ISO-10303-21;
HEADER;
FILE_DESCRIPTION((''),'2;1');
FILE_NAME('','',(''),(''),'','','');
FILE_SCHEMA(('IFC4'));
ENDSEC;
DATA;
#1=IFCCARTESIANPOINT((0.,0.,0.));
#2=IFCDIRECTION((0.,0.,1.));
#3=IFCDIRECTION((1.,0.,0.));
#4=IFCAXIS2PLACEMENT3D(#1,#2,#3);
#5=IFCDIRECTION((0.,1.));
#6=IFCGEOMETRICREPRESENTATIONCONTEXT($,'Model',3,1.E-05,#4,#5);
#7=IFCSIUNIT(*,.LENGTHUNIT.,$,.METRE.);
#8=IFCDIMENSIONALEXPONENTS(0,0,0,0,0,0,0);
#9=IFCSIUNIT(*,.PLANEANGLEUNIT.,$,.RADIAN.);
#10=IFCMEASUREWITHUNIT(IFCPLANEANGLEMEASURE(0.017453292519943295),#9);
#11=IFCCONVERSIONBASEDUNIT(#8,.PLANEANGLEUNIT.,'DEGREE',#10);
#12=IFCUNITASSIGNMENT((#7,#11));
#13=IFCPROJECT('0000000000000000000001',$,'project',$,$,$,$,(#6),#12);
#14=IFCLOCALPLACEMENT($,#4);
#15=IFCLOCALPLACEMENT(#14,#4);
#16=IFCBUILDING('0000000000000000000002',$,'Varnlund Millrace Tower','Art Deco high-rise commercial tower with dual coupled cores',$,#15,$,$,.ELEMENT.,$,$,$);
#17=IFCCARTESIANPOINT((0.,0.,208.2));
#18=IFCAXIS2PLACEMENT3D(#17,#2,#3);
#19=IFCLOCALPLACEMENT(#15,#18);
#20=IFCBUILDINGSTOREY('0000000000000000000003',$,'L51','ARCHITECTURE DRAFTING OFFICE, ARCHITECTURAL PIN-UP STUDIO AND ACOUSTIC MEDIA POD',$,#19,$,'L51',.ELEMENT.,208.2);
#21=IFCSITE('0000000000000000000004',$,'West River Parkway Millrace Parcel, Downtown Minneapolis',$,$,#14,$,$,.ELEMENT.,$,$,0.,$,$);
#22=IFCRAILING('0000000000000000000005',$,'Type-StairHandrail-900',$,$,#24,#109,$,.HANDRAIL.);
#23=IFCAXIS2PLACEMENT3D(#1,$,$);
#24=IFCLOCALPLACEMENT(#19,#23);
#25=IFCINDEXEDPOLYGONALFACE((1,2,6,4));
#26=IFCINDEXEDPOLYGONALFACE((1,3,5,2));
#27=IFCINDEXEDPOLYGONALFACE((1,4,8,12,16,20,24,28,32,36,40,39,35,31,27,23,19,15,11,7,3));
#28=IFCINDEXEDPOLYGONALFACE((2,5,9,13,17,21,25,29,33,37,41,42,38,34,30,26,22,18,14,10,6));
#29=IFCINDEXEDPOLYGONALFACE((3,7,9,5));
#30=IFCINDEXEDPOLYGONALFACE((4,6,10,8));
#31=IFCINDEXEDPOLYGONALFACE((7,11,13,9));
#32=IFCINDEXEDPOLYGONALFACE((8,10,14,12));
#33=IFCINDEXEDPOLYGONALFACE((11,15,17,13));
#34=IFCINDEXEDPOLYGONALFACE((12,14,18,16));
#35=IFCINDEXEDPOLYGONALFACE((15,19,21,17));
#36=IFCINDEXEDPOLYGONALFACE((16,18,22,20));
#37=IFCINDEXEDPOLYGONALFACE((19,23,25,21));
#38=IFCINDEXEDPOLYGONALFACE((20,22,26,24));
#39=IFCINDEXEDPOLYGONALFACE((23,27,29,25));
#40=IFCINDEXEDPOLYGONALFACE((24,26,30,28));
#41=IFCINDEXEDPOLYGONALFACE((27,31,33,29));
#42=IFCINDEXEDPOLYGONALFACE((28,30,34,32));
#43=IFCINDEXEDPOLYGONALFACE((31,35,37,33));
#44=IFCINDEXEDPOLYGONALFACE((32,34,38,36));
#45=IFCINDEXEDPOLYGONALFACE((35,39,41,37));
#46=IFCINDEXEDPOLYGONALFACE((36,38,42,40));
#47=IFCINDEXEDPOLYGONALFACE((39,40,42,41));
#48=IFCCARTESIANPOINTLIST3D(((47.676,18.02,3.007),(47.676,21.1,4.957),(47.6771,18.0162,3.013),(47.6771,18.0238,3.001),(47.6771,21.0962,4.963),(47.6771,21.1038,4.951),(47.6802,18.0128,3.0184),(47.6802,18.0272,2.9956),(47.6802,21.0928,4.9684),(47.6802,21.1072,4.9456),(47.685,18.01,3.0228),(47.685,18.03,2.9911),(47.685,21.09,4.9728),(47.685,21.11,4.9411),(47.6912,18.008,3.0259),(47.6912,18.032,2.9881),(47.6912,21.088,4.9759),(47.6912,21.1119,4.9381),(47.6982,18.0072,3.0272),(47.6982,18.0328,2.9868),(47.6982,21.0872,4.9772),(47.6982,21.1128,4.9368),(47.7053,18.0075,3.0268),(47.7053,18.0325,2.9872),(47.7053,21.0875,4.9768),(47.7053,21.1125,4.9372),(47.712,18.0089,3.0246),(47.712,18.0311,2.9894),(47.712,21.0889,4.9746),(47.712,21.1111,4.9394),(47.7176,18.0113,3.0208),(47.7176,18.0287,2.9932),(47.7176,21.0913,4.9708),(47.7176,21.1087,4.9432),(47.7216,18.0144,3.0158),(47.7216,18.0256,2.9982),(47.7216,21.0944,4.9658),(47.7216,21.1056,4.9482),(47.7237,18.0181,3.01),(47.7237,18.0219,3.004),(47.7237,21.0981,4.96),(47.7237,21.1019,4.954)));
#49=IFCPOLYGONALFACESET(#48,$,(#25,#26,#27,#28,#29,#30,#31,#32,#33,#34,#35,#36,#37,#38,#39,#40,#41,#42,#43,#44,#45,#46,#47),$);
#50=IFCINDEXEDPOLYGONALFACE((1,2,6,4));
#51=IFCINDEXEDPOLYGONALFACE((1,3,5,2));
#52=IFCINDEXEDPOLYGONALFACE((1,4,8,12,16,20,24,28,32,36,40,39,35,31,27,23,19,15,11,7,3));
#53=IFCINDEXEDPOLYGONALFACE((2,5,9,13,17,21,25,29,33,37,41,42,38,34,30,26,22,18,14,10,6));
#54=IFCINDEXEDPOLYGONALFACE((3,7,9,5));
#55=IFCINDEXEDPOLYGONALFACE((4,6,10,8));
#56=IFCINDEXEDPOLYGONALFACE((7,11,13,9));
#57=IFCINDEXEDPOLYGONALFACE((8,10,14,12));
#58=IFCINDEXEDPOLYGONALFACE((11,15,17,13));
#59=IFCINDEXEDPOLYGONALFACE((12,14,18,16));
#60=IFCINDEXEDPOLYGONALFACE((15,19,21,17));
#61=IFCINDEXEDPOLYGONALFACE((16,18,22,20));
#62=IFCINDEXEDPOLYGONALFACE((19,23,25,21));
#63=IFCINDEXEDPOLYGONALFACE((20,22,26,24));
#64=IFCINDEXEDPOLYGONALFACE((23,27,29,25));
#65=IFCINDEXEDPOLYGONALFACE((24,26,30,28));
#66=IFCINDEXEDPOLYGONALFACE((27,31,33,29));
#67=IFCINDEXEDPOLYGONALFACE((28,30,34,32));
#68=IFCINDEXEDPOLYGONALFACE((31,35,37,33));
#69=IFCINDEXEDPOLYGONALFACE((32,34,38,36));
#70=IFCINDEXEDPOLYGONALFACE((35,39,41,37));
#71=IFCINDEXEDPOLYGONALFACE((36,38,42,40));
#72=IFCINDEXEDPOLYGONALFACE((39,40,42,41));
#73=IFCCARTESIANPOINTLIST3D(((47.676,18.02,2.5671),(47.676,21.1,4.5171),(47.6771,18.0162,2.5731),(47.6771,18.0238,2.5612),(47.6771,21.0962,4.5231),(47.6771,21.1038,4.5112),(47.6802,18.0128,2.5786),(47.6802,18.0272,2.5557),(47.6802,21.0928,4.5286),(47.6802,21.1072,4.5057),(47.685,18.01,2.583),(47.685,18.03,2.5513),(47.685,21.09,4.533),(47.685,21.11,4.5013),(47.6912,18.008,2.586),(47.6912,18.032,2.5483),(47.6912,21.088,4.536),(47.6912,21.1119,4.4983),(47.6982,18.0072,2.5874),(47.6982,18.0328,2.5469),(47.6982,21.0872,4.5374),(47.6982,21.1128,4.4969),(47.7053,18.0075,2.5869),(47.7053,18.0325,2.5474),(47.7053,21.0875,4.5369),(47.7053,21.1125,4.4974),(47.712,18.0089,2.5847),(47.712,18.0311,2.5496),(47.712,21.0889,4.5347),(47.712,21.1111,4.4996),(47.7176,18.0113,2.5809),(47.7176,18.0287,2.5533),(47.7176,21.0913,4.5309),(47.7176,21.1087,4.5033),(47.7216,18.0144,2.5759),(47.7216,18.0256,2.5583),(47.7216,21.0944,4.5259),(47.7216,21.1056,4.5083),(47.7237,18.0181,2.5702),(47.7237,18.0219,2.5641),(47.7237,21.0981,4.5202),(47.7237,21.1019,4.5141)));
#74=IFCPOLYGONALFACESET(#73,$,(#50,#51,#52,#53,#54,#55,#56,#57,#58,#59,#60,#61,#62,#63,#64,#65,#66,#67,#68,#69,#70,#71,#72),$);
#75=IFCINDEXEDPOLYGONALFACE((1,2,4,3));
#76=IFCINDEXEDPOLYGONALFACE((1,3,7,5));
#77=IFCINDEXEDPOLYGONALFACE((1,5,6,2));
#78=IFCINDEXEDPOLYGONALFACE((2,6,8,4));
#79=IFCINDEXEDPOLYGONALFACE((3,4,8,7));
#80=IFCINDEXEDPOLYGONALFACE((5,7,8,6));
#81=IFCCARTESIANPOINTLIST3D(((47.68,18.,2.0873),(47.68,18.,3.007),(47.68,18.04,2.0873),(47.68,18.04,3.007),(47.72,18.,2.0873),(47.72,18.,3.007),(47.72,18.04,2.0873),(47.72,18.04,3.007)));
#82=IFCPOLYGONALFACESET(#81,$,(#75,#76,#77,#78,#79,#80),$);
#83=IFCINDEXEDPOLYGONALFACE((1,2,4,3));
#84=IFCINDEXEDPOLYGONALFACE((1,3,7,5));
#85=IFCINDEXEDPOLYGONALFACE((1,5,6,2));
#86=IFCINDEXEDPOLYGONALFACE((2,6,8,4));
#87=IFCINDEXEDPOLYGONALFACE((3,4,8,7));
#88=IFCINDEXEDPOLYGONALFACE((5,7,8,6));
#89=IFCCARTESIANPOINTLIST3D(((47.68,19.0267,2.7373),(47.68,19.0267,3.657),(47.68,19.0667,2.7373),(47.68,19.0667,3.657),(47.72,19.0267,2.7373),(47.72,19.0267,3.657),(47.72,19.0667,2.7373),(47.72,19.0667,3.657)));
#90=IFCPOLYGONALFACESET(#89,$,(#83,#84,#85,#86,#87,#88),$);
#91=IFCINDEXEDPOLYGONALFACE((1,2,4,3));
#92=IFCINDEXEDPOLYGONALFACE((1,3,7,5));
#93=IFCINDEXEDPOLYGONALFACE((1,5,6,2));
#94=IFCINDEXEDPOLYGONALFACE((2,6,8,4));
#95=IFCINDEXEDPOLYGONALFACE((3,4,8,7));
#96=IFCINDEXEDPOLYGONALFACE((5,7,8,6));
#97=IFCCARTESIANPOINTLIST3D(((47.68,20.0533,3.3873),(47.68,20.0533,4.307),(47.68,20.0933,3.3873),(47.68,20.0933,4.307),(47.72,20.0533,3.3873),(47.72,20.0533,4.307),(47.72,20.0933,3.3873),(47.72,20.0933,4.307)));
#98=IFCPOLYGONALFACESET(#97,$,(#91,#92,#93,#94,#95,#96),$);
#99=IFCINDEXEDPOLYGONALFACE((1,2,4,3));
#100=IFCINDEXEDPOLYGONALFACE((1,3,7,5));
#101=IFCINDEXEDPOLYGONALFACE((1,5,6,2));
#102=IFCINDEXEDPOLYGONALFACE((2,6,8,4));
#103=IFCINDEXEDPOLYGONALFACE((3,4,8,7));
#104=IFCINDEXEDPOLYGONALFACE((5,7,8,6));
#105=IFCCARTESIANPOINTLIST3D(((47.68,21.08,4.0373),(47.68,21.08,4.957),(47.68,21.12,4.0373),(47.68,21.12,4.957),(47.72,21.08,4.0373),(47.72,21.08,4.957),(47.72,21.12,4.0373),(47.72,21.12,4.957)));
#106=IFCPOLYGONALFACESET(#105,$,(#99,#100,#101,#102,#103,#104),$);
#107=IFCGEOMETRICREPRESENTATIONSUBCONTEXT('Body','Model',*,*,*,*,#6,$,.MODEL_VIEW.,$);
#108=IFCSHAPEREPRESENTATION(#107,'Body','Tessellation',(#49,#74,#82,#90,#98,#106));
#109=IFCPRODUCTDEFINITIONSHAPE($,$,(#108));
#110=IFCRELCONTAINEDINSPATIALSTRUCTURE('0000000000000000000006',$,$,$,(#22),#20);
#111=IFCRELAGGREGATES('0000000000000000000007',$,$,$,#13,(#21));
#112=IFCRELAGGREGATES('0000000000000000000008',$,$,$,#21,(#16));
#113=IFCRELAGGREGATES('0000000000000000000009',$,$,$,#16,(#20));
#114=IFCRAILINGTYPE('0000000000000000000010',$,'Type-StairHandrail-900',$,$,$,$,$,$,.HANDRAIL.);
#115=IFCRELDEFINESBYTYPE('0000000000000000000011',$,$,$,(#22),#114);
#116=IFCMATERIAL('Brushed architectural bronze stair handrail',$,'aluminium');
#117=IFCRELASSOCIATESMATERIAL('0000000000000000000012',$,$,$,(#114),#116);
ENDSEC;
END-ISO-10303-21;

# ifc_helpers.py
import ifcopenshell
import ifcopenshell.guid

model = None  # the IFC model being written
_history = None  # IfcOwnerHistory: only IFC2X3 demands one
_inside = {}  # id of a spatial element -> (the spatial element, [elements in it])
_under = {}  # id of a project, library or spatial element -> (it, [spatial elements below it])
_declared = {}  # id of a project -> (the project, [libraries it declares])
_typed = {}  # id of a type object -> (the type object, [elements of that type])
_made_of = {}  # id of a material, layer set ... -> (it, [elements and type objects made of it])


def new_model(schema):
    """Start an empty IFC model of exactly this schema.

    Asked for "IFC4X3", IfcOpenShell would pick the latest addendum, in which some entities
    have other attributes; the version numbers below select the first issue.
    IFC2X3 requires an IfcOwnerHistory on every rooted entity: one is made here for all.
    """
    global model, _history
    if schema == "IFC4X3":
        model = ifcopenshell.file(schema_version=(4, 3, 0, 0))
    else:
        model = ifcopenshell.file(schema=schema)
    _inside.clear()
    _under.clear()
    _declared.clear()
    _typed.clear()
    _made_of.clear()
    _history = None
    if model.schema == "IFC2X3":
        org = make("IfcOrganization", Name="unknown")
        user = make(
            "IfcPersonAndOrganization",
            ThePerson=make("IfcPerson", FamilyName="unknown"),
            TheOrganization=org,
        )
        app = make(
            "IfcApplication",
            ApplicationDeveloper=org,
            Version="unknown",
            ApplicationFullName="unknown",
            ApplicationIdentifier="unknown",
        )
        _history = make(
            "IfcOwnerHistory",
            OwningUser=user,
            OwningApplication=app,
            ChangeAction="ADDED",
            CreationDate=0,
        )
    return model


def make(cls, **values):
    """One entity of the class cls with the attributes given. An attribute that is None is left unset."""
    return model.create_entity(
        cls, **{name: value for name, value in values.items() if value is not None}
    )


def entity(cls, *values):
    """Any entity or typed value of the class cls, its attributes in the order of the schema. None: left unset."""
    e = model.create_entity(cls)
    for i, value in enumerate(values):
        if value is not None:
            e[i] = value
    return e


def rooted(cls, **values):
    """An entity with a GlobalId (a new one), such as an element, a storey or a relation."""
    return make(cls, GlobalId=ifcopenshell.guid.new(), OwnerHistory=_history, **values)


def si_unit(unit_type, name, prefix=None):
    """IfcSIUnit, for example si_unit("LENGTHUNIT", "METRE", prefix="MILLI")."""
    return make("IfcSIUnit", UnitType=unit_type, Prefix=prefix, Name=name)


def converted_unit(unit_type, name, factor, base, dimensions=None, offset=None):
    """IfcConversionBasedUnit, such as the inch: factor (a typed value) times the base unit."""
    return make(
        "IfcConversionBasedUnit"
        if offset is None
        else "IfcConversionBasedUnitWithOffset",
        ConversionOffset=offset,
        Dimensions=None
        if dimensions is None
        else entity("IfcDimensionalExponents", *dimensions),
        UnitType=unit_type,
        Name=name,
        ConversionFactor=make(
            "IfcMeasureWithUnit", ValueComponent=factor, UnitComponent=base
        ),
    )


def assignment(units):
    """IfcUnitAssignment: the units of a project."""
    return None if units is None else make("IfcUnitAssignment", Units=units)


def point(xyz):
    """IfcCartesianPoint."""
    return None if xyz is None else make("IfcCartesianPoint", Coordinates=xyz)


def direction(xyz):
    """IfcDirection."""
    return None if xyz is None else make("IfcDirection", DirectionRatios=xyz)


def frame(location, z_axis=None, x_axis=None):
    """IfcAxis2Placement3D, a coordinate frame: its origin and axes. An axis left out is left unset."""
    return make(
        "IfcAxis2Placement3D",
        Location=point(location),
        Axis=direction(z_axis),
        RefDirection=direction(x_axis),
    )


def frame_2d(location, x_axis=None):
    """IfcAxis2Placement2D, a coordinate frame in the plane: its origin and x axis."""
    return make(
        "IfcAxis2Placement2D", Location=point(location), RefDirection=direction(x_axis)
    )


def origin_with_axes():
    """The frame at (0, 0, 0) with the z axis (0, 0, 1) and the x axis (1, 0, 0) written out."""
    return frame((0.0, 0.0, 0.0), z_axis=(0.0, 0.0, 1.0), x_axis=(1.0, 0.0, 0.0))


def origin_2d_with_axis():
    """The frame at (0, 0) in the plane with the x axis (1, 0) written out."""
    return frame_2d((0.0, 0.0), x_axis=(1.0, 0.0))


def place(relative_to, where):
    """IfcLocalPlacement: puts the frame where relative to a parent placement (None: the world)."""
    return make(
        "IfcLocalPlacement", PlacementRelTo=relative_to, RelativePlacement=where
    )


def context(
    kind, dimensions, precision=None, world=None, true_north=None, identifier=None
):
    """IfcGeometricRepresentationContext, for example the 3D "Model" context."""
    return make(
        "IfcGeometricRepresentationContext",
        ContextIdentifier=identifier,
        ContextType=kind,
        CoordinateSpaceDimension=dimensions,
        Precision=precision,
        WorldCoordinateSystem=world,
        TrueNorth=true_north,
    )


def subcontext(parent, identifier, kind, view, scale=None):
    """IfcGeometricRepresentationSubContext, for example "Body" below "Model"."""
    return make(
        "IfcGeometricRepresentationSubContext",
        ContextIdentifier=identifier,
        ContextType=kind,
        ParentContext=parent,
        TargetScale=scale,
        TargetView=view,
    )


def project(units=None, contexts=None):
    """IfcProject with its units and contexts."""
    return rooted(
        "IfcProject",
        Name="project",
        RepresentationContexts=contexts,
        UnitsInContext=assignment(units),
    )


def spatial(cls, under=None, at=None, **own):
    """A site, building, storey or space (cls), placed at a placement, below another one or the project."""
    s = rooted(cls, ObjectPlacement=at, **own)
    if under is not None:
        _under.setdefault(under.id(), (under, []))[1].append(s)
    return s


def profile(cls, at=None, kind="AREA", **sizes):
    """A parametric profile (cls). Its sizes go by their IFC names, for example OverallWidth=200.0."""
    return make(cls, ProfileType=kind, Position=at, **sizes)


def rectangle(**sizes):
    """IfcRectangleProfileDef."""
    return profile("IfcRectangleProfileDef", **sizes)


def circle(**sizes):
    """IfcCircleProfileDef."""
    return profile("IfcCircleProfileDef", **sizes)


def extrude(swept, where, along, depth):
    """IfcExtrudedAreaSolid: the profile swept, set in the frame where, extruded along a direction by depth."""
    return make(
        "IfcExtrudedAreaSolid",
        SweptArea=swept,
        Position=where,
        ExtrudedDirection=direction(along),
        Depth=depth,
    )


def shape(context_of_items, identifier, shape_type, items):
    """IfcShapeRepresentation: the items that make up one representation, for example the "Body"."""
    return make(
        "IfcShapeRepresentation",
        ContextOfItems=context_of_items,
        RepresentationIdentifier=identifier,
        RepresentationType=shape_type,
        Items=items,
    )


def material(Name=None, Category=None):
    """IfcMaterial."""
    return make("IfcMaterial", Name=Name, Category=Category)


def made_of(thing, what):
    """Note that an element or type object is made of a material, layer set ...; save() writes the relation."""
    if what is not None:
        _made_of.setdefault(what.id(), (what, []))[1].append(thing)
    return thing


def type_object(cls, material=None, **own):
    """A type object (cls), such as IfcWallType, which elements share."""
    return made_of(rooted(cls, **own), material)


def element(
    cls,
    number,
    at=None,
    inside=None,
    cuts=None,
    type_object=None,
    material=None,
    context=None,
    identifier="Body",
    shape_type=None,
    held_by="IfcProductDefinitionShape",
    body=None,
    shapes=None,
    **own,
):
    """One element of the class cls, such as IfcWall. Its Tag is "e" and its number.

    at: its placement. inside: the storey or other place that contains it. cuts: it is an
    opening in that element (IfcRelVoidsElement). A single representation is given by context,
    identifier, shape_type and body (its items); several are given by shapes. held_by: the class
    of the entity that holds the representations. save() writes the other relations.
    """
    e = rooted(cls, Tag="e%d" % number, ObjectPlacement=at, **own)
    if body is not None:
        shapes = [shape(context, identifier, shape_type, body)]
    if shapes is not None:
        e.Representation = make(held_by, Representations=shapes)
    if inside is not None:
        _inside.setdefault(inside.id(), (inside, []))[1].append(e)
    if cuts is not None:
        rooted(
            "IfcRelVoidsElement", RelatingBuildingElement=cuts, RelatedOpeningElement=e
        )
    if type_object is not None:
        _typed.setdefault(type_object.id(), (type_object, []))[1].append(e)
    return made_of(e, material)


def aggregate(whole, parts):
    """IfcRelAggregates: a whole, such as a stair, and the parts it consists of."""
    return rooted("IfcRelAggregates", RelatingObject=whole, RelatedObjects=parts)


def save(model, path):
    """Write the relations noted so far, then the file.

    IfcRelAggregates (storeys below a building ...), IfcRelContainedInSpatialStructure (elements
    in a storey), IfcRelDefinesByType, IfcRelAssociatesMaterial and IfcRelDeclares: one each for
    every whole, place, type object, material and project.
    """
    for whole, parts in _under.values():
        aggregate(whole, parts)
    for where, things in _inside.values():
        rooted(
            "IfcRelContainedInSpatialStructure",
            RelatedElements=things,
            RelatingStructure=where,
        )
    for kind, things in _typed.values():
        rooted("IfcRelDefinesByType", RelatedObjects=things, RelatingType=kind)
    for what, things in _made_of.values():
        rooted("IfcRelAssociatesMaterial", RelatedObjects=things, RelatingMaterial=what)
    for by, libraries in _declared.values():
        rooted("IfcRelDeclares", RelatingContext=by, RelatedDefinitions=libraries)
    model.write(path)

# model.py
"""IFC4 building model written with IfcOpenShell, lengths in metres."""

from ifc_helpers import new_model, entity, si_unit, converted_unit, direction, frame, origin_with_axes, origin_2d_with_axis, place, context, subcontext, project, spatial, rectangle, circle, extrude, material, type_object, element, save


model = new_model("IFC4")

# Units and contexts
model_context = context("Model", 3, precision=1e-05, world=origin_with_axes(), true_north=direction((0.0, 1.0)))
body_context = subcontext(model_context, "Body", "Model", "MODEL_VIEW")
ifc_project = project(units=[si_unit("LENGTHUNIT", "METRE"), converted_unit("PLANEANGLEUNIT", "DEGREE", entity("IfcPlaneAngleMeasure", 0.017453292519943295), si_unit("PLANEANGLEUNIT", "RADIAN"), dimensions=[0, 0, 0, 0, 0, 0, 0])], contexts=[model_context])

# Site, building, storey
site_placement = place(None, origin_with_axes())
site = spatial("IfcSite", under=ifc_project, at=site_placement, Name="West River Parkway Millrace Parcel, Downtown Minneapolis", CompositionType="ELEMENT", RefElevation=0.0)
building_placement = place(site_placement, origin_with_axes())
building = spatial("IfcBuilding", under=site, at=building_placement, Name="Varnlund Millrace Tower", Description="Art Deco high-rise commercial tower with dual coupled cores", CompositionType="ELEMENT")
storey_placement = place(building_placement, frame((0.0, 0.0, 208.2), z_axis=(0.0, 0.0, 1.0), x_axis=(1.0, 0.0, 0.0)))
storey = spatial("IfcBuildingStorey", under=building, at=storey_placement, Name="L51", Description="ARCHITECTURE DRAFTING OFFICE, ARCHITECTURAL PIN-UP STUDIO AND ACOUSTIC MEDIA POD", LongName="L51", CompositionType="ELEMENT", Elevation=208.2)

# Railing
ifc_material_1 = material(Name="Brushed architectural bronze stair handrail", Category="aluminium")
railing_type_1 = type_object("IfcRailingType", Name="Type-StairHandrail-900", PredefinedType="HANDRAIL", material=ifc_material_1)
railing_1_placement = place(storey_placement, frame((0.0, 0.0, -208.2), z_axis=(0.0, 0.0, 1.0), x_axis=(1.0, 0.0, 0.0)))
element("IfcRailing", 1, at=railing_1_placement, inside=storey, type_object=railing_type_1, Name="Type-StairHandrail-900", PredefinedType="HANDRAIL", context=body_context, shape_type="SweptSolid", body=[
    extrude(circle(Radius=0.024, at=origin_2d_with_axis()), frame((47.7, 18.02, 211.207), z_axis=(0.0, 0.844902, 0.534922), x_axis=(-1.0, 0.0, 0.0)), (0.0, 0.0, 1.0), 3.6454),
    extrude(circle(Radius=0.024, at=origin_2d_with_axis()), frame((47.7, 18.02, 210.7671), z_axis=(0.0, 0.844902, 0.534922), x_axis=(-1.0, 0.0, 0.0)), (0.0, 0.0, 1.0), 3.6454),
    extrude(rectangle(XDim=0.04, YDim=0.04, at=origin_2d_with_axis()), frame((47.7, 18.02, 210.2873), z_axis=(0.0, 0.0, 1.0), x_axis=(1.0, 0.0, 0.0)), (0.0, 0.0, 1.0), 0.9197),
    extrude(rectangle(XDim=0.04, YDim=0.04, at=origin_2d_with_axis()), frame((47.7, 19.0467, 210.9373), z_axis=(0.0, 0.0, 1.0), x_axis=(1.0, 0.0, 0.0)), (0.0, 0.0, 1.0), 0.9197),
    extrude(rectangle(XDim=0.04, YDim=0.04, at=origin_2d_with_axis()), frame((47.7, 20.0733, 211.5873), z_axis=(0.0, 0.0, 1.0), x_axis=(1.0, 0.0, 0.0)), (0.0, 0.0, 1.0), 0.9197),
    extrude(rectangle(XDim=0.04, YDim=0.04, at=origin_2d_with_axis()), frame((47.7, 21.1, 212.2373), z_axis=(0.0, 0.0, 1.0), x_axis=(1.0, 0.0, 0.0)), (0.0, 0.0, 1.0), 0.9197),
])

save(model, "model.ifc")
